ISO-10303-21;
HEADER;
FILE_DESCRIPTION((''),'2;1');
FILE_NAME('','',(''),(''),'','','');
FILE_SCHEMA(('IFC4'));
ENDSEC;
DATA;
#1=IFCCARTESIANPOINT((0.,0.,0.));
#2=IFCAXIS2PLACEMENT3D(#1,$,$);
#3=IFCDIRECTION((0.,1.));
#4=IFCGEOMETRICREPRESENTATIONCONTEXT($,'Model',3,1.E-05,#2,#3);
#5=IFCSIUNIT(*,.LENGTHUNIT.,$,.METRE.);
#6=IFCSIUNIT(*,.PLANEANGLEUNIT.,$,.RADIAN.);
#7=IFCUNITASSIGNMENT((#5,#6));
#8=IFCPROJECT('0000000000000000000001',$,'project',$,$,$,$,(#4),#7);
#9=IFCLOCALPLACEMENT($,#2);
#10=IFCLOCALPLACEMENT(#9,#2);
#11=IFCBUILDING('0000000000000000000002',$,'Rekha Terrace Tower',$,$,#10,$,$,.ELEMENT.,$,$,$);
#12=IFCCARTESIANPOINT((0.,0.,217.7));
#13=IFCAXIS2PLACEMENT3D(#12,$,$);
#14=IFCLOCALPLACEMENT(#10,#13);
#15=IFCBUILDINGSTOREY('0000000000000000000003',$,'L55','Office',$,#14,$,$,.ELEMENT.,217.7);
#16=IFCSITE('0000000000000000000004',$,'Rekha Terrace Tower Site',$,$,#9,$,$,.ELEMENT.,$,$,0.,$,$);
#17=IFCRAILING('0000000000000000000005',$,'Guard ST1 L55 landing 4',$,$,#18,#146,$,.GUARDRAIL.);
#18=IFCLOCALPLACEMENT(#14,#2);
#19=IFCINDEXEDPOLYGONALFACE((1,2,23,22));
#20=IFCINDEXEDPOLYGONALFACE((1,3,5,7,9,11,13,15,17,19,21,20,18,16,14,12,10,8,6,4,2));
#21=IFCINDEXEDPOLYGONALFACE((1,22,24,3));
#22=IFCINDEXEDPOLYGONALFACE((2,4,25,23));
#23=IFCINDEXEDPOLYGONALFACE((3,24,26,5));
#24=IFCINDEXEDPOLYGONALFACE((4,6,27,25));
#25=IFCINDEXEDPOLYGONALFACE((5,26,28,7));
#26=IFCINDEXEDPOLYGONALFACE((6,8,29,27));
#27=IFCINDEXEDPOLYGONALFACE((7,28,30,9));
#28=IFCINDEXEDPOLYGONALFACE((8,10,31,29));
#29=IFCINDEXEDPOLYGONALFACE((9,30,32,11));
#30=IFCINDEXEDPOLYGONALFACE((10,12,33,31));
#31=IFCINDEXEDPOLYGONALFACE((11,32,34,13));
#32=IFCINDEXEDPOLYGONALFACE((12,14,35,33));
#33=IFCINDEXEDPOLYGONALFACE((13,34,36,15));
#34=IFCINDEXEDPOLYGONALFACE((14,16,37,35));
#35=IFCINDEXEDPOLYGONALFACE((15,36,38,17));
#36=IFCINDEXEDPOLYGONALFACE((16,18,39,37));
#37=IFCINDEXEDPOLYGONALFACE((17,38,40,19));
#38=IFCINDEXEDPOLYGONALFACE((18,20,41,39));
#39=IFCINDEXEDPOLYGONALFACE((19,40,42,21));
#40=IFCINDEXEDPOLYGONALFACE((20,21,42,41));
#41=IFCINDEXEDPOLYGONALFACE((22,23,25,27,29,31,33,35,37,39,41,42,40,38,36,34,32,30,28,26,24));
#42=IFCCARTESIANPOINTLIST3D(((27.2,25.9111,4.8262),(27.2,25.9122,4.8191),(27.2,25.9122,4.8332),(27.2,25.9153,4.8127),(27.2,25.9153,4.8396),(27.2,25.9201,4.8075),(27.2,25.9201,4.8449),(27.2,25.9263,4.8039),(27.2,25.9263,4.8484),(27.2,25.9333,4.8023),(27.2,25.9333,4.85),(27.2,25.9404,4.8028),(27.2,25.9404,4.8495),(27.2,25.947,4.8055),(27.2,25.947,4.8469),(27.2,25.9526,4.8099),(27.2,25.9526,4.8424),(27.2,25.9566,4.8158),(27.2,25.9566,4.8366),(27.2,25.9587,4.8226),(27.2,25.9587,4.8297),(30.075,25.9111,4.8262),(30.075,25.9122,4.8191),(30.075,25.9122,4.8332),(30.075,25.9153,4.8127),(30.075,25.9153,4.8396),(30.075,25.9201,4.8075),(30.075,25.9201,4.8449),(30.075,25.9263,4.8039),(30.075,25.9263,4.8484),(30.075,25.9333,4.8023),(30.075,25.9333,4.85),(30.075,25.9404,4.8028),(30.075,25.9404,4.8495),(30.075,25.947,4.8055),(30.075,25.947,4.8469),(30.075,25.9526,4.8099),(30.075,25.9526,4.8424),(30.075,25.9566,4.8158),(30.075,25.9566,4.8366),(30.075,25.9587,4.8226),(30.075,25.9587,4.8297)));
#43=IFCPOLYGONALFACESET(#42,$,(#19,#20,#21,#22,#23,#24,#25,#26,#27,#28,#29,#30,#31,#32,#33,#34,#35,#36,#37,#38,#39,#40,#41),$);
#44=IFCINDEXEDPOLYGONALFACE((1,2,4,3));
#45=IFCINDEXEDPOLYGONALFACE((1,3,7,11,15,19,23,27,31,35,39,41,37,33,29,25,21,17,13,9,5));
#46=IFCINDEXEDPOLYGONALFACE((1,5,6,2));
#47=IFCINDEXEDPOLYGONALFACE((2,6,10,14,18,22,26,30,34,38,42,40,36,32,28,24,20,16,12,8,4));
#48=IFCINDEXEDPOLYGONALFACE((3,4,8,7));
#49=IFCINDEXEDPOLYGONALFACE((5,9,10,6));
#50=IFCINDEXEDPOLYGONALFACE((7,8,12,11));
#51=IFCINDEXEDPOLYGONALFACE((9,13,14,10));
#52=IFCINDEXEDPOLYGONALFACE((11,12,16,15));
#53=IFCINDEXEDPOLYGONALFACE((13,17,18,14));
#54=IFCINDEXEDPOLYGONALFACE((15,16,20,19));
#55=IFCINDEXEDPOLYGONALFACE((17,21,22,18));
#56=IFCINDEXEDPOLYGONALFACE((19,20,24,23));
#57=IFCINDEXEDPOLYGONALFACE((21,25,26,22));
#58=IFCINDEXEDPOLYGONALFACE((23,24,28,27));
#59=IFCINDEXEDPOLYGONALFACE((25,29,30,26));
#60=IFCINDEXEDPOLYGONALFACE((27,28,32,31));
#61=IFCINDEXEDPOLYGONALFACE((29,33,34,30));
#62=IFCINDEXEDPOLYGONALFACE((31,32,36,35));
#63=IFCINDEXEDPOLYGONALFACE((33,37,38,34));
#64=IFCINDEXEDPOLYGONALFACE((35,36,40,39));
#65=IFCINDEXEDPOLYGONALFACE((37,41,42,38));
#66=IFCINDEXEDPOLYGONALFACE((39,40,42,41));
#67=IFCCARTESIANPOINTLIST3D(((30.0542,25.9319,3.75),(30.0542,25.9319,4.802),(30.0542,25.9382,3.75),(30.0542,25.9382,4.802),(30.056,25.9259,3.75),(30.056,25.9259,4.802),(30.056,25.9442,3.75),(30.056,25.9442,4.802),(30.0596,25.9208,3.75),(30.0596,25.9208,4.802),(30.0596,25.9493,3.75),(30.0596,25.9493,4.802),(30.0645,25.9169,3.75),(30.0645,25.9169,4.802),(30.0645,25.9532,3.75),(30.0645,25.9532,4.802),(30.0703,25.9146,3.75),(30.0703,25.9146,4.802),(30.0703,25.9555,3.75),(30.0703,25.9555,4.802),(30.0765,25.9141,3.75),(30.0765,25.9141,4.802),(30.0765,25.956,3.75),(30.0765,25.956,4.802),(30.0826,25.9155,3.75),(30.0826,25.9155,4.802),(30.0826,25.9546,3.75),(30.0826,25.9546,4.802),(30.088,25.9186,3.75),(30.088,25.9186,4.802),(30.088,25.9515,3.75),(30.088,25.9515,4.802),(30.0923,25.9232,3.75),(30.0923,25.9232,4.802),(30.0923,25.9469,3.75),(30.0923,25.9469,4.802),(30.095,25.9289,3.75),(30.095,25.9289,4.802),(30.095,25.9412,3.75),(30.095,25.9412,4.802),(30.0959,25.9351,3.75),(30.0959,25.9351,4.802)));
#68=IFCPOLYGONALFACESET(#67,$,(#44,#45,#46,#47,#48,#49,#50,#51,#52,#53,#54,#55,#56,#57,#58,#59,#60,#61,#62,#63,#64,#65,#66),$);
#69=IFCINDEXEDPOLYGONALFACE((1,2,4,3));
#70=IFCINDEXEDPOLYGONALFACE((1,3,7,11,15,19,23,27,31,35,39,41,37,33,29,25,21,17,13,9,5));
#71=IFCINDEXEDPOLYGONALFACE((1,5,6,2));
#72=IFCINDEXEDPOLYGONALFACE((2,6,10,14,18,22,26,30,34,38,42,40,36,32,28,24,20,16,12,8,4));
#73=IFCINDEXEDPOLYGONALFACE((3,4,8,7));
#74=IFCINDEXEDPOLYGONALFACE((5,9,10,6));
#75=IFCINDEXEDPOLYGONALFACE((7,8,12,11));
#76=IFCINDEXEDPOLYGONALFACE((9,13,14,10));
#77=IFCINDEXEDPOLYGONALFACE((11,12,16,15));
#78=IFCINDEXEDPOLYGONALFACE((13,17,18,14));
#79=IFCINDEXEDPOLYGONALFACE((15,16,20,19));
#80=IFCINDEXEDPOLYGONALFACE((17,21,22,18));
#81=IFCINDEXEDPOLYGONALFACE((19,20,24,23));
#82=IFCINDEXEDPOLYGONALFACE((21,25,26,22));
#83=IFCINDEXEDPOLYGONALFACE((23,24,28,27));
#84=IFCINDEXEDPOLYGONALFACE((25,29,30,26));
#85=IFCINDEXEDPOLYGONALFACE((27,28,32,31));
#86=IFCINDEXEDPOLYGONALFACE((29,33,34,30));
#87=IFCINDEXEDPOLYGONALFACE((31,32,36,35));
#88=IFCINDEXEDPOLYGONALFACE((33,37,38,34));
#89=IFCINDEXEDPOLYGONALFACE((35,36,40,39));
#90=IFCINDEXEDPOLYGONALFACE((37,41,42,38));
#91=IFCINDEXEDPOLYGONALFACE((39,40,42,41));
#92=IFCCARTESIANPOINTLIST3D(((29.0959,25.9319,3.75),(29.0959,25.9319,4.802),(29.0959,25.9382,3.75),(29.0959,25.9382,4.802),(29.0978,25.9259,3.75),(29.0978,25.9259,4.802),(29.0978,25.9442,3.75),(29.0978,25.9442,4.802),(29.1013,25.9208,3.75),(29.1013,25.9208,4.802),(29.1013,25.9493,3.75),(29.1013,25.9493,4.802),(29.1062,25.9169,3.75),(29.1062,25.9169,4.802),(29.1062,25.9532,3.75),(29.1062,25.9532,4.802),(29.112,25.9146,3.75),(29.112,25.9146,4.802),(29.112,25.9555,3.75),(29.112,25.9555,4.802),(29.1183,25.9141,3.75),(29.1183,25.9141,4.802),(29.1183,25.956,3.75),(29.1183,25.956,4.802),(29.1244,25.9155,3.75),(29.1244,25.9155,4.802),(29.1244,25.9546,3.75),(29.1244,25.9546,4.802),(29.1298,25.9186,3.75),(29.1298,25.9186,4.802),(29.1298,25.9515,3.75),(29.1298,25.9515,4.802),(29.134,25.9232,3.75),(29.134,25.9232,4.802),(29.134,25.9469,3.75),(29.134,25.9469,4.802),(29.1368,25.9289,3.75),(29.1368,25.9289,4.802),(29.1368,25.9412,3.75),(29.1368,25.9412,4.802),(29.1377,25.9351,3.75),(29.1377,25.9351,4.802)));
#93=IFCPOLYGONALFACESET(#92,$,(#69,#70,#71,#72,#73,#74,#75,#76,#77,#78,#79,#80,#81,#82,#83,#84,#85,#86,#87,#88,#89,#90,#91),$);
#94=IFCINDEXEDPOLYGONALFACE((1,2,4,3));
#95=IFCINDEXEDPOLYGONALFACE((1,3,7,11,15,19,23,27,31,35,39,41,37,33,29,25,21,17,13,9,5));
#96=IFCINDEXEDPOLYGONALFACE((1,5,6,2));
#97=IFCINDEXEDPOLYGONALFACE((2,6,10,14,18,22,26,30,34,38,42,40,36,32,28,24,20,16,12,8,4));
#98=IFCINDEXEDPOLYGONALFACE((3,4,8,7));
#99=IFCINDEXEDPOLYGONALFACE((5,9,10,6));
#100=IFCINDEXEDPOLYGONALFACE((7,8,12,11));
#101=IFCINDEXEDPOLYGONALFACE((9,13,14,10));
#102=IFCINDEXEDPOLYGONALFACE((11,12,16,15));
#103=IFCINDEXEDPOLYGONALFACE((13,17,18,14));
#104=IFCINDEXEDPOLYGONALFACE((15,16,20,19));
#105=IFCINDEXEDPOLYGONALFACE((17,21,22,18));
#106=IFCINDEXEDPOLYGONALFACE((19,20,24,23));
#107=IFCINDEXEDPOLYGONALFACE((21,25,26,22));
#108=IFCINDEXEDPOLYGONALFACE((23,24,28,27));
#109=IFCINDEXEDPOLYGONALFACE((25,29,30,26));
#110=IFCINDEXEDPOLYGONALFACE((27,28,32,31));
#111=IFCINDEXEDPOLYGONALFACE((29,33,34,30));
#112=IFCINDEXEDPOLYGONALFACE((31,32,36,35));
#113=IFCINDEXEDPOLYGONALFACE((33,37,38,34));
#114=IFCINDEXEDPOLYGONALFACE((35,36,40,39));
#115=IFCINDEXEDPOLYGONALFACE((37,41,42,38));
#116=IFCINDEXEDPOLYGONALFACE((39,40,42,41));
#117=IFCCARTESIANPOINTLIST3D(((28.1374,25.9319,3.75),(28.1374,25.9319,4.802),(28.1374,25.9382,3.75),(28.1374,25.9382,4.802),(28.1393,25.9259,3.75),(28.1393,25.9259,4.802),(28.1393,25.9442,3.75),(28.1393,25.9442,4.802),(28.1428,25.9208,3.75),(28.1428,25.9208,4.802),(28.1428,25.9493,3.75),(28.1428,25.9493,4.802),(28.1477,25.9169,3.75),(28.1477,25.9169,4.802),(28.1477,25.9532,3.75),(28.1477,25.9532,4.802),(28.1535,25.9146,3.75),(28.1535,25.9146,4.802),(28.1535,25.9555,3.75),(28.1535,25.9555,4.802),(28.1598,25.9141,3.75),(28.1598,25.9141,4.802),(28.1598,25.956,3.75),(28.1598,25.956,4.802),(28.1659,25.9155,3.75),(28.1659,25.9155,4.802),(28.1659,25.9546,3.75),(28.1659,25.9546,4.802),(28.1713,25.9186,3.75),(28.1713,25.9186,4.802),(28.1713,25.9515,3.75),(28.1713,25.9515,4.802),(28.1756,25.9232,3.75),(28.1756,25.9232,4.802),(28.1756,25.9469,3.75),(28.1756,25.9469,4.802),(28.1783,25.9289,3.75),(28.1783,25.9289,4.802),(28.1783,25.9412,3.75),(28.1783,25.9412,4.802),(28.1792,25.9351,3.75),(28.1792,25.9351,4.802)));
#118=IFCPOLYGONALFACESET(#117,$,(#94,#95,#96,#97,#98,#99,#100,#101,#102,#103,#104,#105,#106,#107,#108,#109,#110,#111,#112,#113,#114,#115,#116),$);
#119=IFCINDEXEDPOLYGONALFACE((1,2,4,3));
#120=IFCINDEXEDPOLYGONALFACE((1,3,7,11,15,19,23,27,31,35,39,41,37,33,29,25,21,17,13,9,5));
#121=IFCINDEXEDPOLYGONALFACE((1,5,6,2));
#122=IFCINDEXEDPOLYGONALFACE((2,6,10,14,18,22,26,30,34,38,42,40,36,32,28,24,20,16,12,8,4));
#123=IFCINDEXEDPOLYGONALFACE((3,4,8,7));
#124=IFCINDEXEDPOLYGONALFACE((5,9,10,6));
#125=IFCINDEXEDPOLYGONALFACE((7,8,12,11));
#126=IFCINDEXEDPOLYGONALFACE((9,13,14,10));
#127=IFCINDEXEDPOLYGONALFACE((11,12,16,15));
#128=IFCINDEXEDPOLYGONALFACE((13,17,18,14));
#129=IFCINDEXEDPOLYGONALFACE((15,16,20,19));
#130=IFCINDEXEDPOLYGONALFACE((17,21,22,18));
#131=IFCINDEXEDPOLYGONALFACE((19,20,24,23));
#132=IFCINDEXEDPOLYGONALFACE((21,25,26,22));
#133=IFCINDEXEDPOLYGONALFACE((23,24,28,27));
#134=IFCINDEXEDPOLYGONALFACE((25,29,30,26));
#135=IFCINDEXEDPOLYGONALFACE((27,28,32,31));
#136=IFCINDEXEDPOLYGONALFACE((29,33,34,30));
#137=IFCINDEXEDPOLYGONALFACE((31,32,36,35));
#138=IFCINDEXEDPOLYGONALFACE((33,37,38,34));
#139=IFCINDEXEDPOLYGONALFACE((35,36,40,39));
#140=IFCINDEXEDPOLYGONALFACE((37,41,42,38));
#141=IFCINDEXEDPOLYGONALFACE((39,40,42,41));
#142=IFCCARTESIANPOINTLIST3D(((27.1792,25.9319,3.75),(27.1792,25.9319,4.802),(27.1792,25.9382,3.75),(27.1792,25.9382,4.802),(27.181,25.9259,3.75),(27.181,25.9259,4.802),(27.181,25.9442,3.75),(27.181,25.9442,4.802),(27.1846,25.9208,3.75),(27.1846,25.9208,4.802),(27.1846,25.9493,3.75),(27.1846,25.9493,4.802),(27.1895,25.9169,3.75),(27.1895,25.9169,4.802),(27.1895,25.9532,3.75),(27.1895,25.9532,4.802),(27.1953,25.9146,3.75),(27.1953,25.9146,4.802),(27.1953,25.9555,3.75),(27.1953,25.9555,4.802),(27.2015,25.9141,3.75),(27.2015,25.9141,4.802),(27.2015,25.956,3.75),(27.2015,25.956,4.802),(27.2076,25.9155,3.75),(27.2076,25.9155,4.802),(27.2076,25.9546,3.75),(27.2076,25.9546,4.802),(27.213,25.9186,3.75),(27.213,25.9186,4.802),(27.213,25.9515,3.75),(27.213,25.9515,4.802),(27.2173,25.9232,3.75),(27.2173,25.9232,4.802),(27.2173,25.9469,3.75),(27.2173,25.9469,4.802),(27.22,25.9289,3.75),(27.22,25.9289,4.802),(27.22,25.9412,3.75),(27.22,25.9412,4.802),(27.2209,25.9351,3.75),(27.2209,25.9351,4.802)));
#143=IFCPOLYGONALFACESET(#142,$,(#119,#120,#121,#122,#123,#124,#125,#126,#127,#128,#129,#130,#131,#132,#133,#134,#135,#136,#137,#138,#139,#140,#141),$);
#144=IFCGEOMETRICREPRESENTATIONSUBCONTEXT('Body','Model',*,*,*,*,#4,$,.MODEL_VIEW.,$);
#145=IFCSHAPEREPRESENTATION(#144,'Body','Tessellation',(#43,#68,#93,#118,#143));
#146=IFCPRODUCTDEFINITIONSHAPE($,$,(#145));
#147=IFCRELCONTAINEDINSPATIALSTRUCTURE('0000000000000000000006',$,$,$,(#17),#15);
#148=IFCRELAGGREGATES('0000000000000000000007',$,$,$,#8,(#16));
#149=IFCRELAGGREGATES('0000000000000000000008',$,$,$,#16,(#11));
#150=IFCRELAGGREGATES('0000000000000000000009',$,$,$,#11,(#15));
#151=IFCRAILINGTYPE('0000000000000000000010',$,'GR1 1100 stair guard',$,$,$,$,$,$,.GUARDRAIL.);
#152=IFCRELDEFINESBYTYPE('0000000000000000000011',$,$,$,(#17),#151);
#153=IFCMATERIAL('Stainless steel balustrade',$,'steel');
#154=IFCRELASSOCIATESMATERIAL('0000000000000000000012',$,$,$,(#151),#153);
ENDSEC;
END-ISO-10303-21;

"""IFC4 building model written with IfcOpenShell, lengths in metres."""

from ifc_helpers import new_model, si_unit, direction, frame, origin, origin_2d, place, context, subcontext, project, spatial, circle, extrude, material, type_object, element, save


model = new_model("IFC4")

# Units and contexts
model_context = context("Model", 3, precision=1e-05, world=origin(), true_north=direction((0.0, 1.0)))
body_context = subcontext(model_context, "Body", "Model", "MODEL_VIEW")
ifc_project = project(units=[si_unit("LENGTHUNIT", "METRE"), si_unit("PLANEANGLEUNIT", "RADIAN")], contexts=[model_context])

# Site, building, storey
site_placement = place(None, origin())
site = spatial("IfcSite", under=ifc_project, at=site_placement, Name="Rekha Terrace Tower Site", CompositionType="ELEMENT", RefElevation=0.0)
building_placement = place(site_placement, origin())
building = spatial("IfcBuilding", under=site, at=building_placement, Name="Rekha Terrace Tower", CompositionType="ELEMENT")
storey_placement = place(building_placement, frame((0.0, 0.0, 217.7)))
storey = spatial("IfcBuildingStorey", under=building, at=storey_placement, Name="L55", Description="Office", CompositionType="ELEMENT", Elevation=217.7)

# Railing
ifc_material_1 = material(Name="Stainless steel balustrade", Category="steel")
railing_type_1 = type_object("IfcRailingType", Name="GR1 1100 stair guard", PredefinedType="GUARDRAIL", material=ifc_material_1)
railing_1_placement = place(storey_placement, frame((30.075, 25.9351, 3.75)))
element("IfcRailing", 1, at=railing_1_placement, inside=storey, type_object=railing_type_1, Name="Guard ST1 L55 landing 4", PredefinedType="GUARDRAIL", context=body_context, shape_type="SweptSolid", body=[
    extrude(circle(Radius=0.0239, at=origin_2d()), frame((0.0, 0.0, 1.0762), z_axis=(-1.0, 0.0, 0.0), x_axis=(0.0, -1.0, 0.0)), (0.0, 0.0, 1.0), 2.875),
    extrude(circle(Radius=0.021, at=origin_2d()), origin(), (0.0, 0.0, 1.0), 1.052),
    extrude(circle(Radius=0.021, at=origin_2d()), frame((-0.9583, 0.0, 0.0)), (0.0, 0.0, 1.0), 1.052),
    extrude(circle(Radius=0.021, at=origin_2d()), frame((-1.9167, 0.0, 0.0)), (0.0, 0.0, 1.0), 1.052),
    extrude(circle(Radius=0.021, at=origin_2d()), frame((-2.875, 0.0, 0.0)), (0.0, 0.0, 1.0), 1.052),
])

save(model, "model.ifc")
